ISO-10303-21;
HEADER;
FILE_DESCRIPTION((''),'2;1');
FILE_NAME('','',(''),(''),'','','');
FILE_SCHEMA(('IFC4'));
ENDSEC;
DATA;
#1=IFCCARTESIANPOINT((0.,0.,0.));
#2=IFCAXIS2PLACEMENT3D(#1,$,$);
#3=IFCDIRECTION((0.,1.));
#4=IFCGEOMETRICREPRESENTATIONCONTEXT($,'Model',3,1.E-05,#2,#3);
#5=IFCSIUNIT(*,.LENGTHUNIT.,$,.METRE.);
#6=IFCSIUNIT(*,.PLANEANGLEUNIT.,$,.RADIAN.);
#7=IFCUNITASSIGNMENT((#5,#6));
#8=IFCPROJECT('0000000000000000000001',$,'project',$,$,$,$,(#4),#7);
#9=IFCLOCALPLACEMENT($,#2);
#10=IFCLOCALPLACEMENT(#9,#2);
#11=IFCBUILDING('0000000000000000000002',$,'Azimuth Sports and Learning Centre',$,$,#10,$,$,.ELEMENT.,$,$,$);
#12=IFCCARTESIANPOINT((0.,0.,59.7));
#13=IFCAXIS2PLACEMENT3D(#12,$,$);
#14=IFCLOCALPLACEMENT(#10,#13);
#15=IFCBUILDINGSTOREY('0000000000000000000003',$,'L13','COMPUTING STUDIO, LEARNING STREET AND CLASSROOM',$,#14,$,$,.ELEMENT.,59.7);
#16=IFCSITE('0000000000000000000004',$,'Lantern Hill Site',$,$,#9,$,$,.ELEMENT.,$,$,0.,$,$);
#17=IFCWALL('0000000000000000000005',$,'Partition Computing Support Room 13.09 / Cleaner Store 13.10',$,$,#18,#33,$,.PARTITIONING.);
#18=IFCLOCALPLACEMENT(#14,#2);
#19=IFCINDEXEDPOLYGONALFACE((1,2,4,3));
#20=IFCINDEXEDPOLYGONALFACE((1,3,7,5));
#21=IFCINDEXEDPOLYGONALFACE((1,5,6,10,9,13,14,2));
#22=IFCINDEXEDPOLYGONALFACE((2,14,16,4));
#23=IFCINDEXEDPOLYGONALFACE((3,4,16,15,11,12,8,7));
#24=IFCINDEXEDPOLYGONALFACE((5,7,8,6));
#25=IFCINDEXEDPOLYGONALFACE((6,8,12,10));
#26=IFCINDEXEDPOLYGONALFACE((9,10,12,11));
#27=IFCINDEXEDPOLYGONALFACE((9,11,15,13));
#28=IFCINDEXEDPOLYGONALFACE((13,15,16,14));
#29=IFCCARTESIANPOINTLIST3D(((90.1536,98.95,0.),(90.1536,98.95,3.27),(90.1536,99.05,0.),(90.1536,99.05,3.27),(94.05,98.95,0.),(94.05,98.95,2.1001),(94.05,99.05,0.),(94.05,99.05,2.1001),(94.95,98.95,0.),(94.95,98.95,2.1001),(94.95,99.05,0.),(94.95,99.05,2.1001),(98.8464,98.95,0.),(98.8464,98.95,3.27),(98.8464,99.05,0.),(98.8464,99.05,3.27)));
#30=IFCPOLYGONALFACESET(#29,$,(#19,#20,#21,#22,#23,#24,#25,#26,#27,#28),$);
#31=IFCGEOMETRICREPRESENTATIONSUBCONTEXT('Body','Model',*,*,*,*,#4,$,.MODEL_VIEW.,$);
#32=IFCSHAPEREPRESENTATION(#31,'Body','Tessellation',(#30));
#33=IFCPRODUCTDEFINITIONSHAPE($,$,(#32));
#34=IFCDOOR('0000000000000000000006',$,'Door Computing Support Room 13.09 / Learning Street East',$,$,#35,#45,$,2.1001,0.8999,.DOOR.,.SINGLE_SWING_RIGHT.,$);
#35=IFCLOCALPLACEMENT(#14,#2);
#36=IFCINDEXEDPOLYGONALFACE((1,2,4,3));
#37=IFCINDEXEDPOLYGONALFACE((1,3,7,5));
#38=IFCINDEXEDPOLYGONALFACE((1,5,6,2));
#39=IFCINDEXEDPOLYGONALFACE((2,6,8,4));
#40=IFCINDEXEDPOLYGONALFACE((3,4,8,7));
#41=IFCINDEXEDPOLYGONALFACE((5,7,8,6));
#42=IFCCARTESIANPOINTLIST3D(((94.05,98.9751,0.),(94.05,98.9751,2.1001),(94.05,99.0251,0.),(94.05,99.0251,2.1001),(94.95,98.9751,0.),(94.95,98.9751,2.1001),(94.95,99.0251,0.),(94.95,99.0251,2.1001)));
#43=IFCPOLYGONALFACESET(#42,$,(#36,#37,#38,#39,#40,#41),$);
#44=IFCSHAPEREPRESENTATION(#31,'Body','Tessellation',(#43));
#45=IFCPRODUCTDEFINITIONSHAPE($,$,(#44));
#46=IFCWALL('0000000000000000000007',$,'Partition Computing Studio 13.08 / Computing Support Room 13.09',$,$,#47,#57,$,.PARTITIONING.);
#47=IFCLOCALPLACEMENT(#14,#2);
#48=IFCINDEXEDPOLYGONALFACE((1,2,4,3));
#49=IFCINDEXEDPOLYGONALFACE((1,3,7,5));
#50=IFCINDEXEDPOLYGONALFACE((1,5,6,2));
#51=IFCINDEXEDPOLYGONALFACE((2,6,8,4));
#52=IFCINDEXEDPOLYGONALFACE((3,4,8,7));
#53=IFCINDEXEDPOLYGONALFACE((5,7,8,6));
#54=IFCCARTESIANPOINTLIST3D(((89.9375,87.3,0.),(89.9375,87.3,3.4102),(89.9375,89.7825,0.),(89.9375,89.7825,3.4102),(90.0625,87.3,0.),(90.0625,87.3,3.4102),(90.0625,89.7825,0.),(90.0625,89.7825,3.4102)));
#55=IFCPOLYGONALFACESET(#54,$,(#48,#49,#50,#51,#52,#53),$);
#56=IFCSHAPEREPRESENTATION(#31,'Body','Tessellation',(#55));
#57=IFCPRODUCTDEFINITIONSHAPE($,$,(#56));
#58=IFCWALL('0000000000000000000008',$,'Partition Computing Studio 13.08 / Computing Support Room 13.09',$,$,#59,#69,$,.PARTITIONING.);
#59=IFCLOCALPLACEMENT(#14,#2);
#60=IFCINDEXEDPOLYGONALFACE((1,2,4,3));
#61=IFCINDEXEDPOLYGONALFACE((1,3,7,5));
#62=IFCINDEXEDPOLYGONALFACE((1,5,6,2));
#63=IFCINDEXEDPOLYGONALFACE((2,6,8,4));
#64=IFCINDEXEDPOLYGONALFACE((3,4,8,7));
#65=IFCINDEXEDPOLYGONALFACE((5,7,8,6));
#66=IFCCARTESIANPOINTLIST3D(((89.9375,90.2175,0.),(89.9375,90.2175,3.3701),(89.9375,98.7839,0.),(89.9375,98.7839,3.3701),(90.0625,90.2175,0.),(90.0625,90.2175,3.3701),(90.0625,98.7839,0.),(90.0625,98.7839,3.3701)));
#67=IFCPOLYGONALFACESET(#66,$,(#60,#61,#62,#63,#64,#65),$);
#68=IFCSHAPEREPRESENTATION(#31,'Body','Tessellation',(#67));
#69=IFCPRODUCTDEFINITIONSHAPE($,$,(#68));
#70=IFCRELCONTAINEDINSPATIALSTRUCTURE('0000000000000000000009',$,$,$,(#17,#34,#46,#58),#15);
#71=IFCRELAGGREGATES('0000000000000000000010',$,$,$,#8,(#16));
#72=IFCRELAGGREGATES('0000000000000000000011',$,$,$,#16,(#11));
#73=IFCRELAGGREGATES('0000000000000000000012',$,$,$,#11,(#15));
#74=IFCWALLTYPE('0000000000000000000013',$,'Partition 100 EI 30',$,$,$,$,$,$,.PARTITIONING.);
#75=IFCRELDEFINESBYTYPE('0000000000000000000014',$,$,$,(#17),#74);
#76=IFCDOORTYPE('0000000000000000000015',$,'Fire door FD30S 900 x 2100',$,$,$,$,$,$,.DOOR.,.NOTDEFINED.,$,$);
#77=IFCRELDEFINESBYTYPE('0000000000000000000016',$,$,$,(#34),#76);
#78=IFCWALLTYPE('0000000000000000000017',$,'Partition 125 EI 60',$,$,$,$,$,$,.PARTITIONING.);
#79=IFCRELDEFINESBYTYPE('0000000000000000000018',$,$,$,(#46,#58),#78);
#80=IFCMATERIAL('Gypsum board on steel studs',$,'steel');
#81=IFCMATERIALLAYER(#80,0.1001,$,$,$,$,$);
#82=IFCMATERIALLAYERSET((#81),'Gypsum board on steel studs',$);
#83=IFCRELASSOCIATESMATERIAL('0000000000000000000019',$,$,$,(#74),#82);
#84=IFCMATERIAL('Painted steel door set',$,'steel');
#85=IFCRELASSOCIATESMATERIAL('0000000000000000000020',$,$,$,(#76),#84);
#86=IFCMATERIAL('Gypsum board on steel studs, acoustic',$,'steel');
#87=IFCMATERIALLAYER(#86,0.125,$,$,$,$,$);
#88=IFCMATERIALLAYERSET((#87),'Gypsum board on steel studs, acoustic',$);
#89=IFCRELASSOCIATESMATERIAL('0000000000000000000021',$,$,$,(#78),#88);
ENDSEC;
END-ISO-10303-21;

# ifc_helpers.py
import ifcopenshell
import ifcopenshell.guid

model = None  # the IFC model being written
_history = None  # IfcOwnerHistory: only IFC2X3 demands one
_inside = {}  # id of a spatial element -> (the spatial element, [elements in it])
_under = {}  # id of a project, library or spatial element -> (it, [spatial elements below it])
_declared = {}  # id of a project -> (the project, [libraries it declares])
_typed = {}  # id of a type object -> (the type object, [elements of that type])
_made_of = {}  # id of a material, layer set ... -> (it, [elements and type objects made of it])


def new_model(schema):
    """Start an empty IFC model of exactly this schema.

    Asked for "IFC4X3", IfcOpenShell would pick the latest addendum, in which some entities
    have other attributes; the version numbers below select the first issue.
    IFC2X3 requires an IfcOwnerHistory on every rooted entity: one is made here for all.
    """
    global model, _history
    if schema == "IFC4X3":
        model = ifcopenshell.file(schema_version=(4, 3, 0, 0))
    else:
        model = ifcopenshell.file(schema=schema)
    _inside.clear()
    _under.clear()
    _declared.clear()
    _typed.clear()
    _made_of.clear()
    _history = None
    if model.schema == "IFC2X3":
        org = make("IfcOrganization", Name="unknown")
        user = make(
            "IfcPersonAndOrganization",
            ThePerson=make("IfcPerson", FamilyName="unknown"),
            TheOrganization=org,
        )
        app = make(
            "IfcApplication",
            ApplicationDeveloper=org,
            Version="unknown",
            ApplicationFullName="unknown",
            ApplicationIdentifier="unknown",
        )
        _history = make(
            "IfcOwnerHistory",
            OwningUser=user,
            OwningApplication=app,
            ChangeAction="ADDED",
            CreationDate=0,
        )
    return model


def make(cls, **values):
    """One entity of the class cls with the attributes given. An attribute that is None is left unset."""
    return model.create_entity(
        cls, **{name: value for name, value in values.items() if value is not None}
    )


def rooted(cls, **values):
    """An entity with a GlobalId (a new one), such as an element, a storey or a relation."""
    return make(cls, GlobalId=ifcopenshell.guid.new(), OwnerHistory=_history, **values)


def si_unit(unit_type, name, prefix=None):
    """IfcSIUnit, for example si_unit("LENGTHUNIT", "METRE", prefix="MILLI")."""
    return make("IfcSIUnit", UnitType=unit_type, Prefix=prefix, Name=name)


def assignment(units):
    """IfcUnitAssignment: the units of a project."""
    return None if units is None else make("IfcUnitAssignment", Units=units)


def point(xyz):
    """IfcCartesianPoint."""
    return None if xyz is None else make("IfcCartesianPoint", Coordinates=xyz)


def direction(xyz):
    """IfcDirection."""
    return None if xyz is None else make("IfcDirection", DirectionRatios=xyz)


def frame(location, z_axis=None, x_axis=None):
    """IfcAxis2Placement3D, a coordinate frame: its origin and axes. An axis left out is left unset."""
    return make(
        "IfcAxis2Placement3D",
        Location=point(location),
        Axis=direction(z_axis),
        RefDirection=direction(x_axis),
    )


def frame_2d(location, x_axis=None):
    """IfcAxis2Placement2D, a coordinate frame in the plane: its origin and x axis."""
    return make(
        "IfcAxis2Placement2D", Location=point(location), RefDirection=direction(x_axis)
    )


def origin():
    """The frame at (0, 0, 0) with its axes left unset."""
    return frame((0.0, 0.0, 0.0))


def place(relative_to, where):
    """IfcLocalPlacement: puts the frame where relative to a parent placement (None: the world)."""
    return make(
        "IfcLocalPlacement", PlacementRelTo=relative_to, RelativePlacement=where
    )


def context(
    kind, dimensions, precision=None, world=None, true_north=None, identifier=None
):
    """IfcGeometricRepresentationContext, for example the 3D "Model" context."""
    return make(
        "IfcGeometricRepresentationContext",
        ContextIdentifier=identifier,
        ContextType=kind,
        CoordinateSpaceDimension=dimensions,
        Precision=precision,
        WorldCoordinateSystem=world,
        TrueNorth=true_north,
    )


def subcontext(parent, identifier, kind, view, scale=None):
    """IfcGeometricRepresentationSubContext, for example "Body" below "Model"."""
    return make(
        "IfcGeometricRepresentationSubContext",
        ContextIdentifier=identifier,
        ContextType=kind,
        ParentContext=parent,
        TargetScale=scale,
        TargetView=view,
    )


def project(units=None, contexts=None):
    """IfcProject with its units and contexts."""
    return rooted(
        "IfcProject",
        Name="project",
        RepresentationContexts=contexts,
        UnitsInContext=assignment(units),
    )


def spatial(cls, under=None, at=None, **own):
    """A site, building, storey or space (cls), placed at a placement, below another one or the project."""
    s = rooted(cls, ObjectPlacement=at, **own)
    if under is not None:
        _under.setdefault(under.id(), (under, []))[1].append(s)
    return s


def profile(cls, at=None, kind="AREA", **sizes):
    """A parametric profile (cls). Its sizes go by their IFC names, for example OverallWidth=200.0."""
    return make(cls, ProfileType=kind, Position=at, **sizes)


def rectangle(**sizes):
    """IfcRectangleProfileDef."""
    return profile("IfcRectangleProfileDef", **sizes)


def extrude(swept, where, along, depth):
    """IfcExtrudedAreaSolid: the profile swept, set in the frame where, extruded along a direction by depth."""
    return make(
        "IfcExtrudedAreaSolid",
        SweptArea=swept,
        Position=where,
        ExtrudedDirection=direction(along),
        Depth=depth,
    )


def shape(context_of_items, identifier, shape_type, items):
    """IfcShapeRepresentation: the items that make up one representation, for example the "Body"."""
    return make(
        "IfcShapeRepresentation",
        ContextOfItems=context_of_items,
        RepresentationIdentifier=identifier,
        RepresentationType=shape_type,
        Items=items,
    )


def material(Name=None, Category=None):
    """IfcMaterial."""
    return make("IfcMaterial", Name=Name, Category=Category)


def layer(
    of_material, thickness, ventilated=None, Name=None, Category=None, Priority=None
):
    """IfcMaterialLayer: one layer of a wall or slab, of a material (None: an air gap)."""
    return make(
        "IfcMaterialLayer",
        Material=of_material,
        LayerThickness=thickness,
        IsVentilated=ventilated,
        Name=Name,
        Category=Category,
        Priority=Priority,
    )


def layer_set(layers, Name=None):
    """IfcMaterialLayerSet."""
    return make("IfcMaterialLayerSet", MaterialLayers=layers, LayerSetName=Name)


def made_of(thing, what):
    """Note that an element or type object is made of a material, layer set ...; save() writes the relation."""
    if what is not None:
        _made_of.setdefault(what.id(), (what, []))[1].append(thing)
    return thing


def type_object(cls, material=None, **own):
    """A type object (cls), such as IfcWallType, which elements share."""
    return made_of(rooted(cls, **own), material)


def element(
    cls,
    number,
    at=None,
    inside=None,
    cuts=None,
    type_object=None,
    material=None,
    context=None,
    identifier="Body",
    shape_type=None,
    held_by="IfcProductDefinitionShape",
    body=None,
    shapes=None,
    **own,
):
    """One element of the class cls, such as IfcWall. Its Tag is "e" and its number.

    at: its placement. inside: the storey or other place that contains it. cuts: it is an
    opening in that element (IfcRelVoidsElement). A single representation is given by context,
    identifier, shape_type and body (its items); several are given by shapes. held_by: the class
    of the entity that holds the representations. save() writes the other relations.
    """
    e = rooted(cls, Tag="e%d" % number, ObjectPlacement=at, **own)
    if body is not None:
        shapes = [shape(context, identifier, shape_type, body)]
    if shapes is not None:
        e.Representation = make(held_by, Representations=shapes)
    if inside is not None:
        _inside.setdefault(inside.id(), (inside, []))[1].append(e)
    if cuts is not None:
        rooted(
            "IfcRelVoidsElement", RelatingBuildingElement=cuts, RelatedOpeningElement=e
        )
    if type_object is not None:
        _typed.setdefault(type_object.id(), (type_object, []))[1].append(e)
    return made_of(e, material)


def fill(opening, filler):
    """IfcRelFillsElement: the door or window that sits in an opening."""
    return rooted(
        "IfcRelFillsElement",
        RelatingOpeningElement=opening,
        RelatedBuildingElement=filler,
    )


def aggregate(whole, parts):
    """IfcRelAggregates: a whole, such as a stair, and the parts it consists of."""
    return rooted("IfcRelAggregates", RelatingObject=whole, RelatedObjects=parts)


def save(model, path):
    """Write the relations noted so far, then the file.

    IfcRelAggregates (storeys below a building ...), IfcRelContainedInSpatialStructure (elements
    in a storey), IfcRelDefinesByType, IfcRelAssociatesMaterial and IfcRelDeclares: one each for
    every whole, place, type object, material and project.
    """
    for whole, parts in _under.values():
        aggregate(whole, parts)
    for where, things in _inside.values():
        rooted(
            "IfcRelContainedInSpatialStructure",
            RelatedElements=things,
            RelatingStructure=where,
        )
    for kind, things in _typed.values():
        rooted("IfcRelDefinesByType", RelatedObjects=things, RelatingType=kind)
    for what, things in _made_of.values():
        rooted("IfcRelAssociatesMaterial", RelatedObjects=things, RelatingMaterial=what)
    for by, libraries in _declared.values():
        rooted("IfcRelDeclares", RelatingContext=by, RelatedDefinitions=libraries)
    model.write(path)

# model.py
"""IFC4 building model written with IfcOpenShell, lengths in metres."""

from ifc_helpers import new_model, si_unit, direction, frame, frame_2d, origin, place, context, subcontext, project, spatial, rectangle, extrude, material, layer, layer_set, type_object, element, fill, save


model = new_model("IFC4")

# Units and contexts
model_context = context("Model", 3, precision=1e-05, world=origin(), true_north=direction((0.0, 1.0)))
body_context = subcontext(model_context, "Body", "Model", "MODEL_VIEW")
ifc_project = project(units=[si_unit("LENGTHUNIT", "METRE"), si_unit("PLANEANGLEUNIT", "RADIAN")], contexts=[model_context])

# Site, building, storey
site_placement = place(None, origin())
site = spatial("IfcSite", under=ifc_project, at=site_placement, Name="Lantern Hill Site", CompositionType="ELEMENT", RefElevation=0.0)
building_placement = place(site_placement, origin())
building = spatial("IfcBuilding", under=site, at=building_placement, Name="Azimuth Sports and Learning Centre", CompositionType="ELEMENT")
storey_placement = place(building_placement, frame((0.0, 0.0, 59.7)))
storey = spatial("IfcBuildingStorey", under=building, at=storey_placement, Name="L13", Description="COMPUTING STUDIO, LEARNING STREET AND CLASSROOM", CompositionType="ELEMENT", Elevation=59.7)

# Wall, opening, door
ifc_material_1 = material(Name="Gypsum board on steel studs", Category="steel")
ifc_layer_1 = layer(ifc_material_1, 0.1001)
ifc_layer_set_1 = layer_set([ifc_layer_1], Name="Gypsum board on steel studs")
wall_type_1 = type_object("IfcWallType", Name="Partition 100 EI 30", PredefinedType="PARTITIONING", material=ifc_layer_set_1)
wall_1_placement = place(storey_placement, frame((90.1536, 99.0, 0.0), z_axis=(0.0, 0.0, 1.0), x_axis=(1.0, 0.0, 0.0)))
wall_1 = element("IfcWall", 1, at=wall_1_placement, inside=storey, type_object=wall_type_1, Name="Partition Computing Support Room 13.09 / Cleaner Store 13.10", PredefinedType="PARTITIONING", context=body_context, shape_type="SweptSolid", body=[
    extrude(rectangle(XDim=8.6929, YDim=0.1001, at=frame_2d((4.3464, 0.0))), origin(), (0.0, 0.0, 1.0), 3.27),
])
opening_placement = place(wall_1_placement, frame((3.8965, 0.0, 0.0)))
opening = element("IfcOpeningElement", 2, at=opening_placement, cuts=wall_1, PredefinedType="OPENING", context=body_context, shape_type="SweptSolid", body=[
    extrude(rectangle(XDim=0.8999, YDim=2.1001, at=frame_2d((0.45, 1.05))), frame((0.0, 0.061, 0.0), z_axis=(0.0, -1.0, 0.0), x_axis=(1.0, 0.0, 0.0)), (0.0, 0.0, 1.0), 0.1221),
])
ifc_material_2 = material(Name="Painted steel door set", Category="steel")
door_type = type_object("IfcDoorType", Name="Fire door FD30S 900 x 2100", OperationType="NOTDEFINED", PredefinedType="DOOR", material=ifc_material_2)
door_placement = place(opening_placement, frame((0.8999, 0.0, 0.0), z_axis=(0.0, 0.0, 1.0), x_axis=(-1.0, 0.0, 0.0)))
door = element("IfcDoor", 3, at=door_placement, inside=storey, type_object=door_type, Name="Door Computing Support Room 13.09 / Learning Street East", OperationType="SINGLE_SWING_RIGHT", OverallHeight=2.1001, OverallWidth=0.8999, PredefinedType="DOOR", context=body_context, shape_type="SweptSolid", body=[
    extrude(rectangle(XDim=0.8999, YDim=2.1001, at=frame_2d((0.45, 1.05))), frame((0.0, 0.0249, 0.0), z_axis=(0.0, -1.0, 0.0), x_axis=(1.0, 0.0, 0.0)), (0.0, 0.0, 1.0), 0.05),
])
fill(opening, door)

# Walls
ifc_material_3 = material(Name="Gypsum board on steel studs, acoustic", Category="steel")
ifc_layer_2 = layer(ifc_material_3, 0.125)
ifc_layer_set_2 = layer_set([ifc_layer_2], Name="Gypsum board on steel studs, acoustic")
wall_type_2 = type_object("IfcWallType", Name="Partition 125 EI 60", PredefinedType="PARTITIONING", material=ifc_layer_set_2)
wall_2_placement = place(storey_placement, frame((90.0, 87.3, 0.0), z_axis=(0.0, 0.0, 1.0), x_axis=(0.0, 1.0, 0.0)))
element("IfcWall", 4, at=wall_2_placement, inside=storey, type_object=wall_type_2, Name="Partition Computing Studio 13.08 / Computing Support Room 13.09", PredefinedType="PARTITIONING", context=body_context, shape_type="SweptSolid", body=[
    extrude(rectangle(XDim=2.4824, YDim=0.125, at=frame_2d((1.2412, 0.0))), origin(), (0.0, 0.0, 1.0), 3.4102),
])
wall_3_placement = place(storey_placement, frame((90.0, 90.2175, 0.0), z_axis=(0.0, 0.0, 1.0), x_axis=(0.0, 1.0, 0.0)))
element("IfcWall", 5, at=wall_3_placement, inside=storey, type_object=wall_type_2, Name="Partition Computing Studio 13.08 / Computing Support Room 13.09", PredefinedType="PARTITIONING", context=body_context, shape_type="SweptSolid", body=[
    extrude(rectangle(XDim=8.5664, YDim=0.125, at=frame_2d((4.2832, 0.0))), origin(), (0.0, 0.0, 1.0), 3.3701),
])

save(model, "model.ifc")
